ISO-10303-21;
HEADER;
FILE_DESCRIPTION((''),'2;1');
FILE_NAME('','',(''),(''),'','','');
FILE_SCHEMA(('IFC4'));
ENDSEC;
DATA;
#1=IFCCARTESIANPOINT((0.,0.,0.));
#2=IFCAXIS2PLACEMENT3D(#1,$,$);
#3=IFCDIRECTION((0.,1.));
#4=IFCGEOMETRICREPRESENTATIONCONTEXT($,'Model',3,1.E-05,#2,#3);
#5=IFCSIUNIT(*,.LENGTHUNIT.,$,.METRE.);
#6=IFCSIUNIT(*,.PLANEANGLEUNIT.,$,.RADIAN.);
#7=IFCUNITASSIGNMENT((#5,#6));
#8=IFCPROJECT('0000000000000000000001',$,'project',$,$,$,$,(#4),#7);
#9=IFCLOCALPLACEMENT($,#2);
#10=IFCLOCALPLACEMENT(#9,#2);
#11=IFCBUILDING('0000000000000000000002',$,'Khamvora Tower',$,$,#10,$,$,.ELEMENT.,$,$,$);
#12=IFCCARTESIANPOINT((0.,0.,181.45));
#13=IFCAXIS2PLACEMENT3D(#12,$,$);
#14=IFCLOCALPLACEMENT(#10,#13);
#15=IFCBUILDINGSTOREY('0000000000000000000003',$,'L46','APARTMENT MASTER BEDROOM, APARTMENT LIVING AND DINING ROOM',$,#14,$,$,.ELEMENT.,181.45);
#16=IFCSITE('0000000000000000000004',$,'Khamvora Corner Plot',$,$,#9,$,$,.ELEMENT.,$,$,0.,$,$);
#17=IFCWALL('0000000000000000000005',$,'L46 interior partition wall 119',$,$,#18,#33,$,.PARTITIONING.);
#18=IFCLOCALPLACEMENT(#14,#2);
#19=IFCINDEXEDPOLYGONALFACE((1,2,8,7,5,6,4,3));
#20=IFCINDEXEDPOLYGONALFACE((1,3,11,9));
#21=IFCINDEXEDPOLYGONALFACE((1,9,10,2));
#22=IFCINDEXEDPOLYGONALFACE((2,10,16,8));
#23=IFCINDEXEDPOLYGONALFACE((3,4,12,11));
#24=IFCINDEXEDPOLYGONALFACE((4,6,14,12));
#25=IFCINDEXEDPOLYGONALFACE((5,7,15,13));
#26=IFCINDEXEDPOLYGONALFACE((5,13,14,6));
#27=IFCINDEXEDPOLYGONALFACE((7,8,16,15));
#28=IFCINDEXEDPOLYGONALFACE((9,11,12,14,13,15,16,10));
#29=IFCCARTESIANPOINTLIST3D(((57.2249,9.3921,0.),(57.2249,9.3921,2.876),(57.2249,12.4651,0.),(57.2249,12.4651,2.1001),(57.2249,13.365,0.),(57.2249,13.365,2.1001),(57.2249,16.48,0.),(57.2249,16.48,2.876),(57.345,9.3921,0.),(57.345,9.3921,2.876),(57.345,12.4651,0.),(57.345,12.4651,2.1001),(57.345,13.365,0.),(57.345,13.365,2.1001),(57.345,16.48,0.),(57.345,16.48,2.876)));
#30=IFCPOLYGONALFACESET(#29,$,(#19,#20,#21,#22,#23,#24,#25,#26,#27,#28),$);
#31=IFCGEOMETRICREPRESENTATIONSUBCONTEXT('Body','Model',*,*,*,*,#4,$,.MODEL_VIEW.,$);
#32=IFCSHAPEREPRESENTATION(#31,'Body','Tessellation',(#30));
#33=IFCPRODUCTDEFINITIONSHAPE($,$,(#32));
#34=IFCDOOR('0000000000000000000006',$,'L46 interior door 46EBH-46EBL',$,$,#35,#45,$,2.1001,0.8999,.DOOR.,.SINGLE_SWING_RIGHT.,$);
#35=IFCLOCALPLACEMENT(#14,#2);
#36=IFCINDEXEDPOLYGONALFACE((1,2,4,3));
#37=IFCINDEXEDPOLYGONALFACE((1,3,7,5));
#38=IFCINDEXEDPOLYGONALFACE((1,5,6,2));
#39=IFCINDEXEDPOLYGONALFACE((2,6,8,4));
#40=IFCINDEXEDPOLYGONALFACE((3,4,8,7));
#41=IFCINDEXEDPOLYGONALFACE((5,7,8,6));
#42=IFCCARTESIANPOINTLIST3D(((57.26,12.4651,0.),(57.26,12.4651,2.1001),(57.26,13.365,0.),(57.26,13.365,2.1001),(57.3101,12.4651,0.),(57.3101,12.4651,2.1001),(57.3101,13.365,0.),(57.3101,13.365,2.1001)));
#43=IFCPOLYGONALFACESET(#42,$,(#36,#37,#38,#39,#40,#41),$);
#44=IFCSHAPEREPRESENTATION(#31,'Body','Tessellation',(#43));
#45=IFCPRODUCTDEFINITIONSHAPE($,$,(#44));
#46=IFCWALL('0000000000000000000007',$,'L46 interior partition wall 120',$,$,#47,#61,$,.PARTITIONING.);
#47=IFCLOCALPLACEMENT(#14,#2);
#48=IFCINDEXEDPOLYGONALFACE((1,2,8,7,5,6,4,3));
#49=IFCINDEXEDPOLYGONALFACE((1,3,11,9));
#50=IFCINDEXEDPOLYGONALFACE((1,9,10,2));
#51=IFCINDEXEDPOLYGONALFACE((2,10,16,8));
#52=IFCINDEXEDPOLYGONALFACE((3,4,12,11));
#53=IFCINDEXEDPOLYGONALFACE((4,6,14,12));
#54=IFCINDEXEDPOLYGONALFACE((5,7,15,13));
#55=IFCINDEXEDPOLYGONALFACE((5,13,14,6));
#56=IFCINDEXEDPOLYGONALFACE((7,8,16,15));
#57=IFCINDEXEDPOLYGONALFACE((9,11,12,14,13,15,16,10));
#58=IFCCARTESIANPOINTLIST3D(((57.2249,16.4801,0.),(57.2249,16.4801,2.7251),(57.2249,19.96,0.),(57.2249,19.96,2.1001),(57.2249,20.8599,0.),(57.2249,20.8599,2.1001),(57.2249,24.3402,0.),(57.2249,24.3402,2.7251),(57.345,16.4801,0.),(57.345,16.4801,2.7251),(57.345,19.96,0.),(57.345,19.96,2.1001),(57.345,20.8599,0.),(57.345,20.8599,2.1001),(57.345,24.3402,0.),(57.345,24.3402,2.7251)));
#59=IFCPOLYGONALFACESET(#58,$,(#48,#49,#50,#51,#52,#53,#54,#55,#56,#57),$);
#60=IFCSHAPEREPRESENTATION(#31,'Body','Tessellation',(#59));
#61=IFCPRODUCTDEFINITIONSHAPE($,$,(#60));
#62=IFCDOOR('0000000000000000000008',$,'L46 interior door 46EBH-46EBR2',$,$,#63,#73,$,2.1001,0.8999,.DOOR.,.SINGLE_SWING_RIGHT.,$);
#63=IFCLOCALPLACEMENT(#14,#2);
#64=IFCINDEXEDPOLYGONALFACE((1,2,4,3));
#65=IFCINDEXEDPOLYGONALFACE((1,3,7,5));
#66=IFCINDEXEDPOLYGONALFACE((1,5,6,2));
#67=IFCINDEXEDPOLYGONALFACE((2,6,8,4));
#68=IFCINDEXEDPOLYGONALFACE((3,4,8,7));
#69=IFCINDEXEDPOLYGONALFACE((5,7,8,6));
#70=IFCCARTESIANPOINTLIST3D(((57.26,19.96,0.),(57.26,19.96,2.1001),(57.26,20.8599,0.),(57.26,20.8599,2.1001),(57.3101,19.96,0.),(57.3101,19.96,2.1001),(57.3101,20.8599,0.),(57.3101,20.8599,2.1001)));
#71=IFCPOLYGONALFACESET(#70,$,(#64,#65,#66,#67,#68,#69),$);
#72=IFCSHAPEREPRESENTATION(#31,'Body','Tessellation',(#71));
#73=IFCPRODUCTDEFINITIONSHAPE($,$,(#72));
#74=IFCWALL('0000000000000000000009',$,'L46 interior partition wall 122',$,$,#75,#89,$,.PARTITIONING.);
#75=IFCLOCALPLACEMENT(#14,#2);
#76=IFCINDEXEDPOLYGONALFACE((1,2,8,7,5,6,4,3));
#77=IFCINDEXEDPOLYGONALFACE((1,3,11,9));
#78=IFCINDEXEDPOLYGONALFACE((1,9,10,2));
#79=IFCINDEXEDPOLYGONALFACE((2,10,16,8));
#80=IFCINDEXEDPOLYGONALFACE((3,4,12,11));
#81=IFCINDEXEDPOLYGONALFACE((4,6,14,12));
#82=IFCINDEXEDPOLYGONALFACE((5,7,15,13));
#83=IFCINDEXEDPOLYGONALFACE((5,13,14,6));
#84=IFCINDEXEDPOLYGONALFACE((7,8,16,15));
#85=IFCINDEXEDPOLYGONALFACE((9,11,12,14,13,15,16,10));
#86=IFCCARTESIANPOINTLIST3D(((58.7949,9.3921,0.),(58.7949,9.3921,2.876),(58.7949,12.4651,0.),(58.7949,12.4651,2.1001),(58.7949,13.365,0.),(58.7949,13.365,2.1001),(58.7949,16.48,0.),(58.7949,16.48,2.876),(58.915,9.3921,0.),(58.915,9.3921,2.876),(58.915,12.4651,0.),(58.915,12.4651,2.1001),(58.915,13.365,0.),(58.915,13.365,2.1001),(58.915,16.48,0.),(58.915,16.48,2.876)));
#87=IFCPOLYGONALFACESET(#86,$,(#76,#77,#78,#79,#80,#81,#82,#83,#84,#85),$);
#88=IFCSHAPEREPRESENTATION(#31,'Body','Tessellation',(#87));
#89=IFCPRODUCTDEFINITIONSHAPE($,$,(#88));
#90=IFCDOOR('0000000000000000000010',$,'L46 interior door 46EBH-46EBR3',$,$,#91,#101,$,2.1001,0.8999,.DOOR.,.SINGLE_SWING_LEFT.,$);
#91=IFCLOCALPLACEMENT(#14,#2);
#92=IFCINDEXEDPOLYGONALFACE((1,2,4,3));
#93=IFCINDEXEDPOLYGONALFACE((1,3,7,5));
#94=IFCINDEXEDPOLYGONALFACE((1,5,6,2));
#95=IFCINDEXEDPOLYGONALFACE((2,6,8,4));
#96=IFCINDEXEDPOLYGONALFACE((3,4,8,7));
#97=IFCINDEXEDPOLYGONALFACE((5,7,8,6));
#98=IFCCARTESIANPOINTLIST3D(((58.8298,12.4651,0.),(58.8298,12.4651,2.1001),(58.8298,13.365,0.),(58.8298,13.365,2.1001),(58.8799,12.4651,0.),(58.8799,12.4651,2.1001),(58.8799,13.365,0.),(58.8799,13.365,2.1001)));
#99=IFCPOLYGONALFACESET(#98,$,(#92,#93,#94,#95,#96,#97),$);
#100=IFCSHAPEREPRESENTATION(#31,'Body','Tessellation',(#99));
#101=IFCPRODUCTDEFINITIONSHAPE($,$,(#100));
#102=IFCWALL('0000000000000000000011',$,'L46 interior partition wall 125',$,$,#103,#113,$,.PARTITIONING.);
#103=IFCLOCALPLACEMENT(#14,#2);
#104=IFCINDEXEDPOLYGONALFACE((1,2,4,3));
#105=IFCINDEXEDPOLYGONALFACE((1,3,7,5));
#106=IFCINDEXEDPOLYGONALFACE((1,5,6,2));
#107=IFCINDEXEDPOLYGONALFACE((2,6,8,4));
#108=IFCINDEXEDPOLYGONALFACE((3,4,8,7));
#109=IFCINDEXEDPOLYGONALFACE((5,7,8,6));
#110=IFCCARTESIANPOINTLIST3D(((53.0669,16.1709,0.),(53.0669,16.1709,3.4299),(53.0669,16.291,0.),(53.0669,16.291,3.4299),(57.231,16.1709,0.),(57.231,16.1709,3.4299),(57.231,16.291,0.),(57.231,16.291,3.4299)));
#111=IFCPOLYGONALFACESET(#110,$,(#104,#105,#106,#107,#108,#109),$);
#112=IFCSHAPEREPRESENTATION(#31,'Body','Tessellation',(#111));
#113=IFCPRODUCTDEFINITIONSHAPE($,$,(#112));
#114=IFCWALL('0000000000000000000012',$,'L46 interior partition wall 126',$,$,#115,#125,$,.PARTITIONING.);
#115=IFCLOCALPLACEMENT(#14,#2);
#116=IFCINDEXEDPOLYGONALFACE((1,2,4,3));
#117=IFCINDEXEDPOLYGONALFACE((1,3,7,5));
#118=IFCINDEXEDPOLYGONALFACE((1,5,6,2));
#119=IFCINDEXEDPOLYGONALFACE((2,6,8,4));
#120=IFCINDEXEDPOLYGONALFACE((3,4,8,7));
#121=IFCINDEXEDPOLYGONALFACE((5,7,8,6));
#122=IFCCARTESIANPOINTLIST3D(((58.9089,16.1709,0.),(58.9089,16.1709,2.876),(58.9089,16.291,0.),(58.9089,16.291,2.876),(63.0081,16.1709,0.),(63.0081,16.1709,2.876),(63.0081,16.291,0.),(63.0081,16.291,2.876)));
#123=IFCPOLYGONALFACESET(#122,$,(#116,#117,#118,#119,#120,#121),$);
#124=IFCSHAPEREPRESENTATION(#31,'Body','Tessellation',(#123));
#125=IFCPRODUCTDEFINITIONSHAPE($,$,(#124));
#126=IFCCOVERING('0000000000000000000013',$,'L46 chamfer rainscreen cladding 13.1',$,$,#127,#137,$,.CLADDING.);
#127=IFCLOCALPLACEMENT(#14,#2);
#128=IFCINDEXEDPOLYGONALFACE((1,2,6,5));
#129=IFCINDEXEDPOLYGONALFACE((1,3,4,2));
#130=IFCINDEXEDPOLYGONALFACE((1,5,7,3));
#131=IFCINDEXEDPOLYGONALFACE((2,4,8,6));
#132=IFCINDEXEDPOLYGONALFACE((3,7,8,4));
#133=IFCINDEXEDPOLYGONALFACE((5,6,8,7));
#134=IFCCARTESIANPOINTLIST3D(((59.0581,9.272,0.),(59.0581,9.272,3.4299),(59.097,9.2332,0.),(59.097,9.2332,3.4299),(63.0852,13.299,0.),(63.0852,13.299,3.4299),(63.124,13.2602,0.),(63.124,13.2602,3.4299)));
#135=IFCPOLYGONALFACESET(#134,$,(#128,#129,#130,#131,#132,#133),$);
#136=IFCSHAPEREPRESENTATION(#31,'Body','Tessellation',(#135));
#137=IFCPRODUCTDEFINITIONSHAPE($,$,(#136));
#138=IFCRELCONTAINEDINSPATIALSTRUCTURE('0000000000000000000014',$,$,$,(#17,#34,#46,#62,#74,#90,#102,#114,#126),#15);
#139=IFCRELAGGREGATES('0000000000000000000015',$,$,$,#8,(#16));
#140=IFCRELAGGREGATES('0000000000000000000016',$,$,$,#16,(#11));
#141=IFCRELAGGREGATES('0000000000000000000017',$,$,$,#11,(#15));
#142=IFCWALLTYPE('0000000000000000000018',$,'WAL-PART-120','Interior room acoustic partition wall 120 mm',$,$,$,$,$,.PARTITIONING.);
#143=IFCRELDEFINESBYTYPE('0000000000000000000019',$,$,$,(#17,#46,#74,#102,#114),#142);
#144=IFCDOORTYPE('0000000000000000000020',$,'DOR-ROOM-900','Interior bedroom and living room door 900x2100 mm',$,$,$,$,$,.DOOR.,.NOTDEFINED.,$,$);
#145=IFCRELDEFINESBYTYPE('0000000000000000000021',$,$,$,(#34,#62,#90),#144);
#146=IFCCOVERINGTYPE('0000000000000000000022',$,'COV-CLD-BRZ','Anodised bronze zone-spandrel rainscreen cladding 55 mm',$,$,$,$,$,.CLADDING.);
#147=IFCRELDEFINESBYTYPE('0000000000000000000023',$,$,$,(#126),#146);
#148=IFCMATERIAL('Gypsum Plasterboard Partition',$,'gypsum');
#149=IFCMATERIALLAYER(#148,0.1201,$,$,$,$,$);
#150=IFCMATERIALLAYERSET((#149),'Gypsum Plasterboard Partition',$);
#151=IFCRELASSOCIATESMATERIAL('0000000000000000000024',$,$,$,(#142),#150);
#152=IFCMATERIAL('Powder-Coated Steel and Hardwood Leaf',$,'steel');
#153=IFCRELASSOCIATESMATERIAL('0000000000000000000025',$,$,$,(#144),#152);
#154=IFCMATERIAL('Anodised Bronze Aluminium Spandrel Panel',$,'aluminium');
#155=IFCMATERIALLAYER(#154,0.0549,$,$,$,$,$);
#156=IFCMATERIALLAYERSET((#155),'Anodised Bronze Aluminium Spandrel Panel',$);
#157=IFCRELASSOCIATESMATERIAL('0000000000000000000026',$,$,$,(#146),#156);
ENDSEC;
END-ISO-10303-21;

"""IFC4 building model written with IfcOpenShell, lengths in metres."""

from ifc_helpers import new_model, si_unit, direction, frame, frame_2d, origin, origin_2d, place, context, subcontext, project, spatial, rectangle, extrude, material, layer, layer_set, type_object, element, fill, save


model = new_model("IFC4")

# Units and contexts
model_context = context("Model", 3, precision=1e-05, world=origin(), true_north=direction((0.0, 1.0)))
body_context = subcontext(model_context, "Body", "Model", "MODEL_VIEW")
ifc_project = project(units=[si_unit("LENGTHUNIT", "METRE"), si_unit("PLANEANGLEUNIT", "RADIAN")], contexts=[model_context])

# Site, building, storey
site_placement = place(None, origin())
site = spatial("IfcSite", under=ifc_project, at=site_placement, Name="Khamvora Corner Plot", CompositionType="ELEMENT", RefElevation=0.0)
building_placement = place(site_placement, origin())
building = spatial("IfcBuilding", under=site, at=building_placement, Name="Khamvora Tower", CompositionType="ELEMENT")
storey_placement = place(building_placement, frame((0.0, 0.0, 181.45)))
storey = spatial("IfcBuildingStorey", under=building, at=storey_placement, Name="L46", Description="APARTMENT MASTER BEDROOM, APARTMENT LIVING AND DINING ROOM", CompositionType="ELEMENT", Elevation=181.45)

# Walls, openings, doors
ifc_material_1 = material(Name="Gypsum Plasterboard Partition", Category="gypsum")
ifc_layer_1 = layer(ifc_material_1, 0.1201)
ifc_layer_set_1 = layer_set([ifc_layer_1], Name="Gypsum Plasterboard Partition")
wall_type_1 = type_object("IfcWallType", Name="WAL-PART-120", Description="Interior room acoustic partition wall 120 mm", PredefinedType="PARTITIONING", material=ifc_layer_set_1)
wall_1_placement = place(storey_placement, frame((57.2849, 9.3921, 0.0), z_axis=(0.0, 0.0, 1.0), x_axis=(0.0, 1.0, 0.0)))
wall_1 = element("IfcWall", 1, at=wall_1_placement, inside=storey, type_object=wall_type_1, Name="L46 interior partition wall 119", PredefinedType="PARTITIONING", context=body_context, shape_type="SweptSolid", body=[
    extrude(rectangle(XDim=7.0879, YDim=0.1201, at=frame_2d((3.5439, 0.0))), origin(), (0.0, 0.0, 1.0), 2.876),
])
opening_1_placement = place(wall_1_placement, frame((3.073, 0.0, 0.0)))
opening_1 = element("IfcOpeningElement", 2, at=opening_1_placement, cuts=wall_1, PredefinedType="OPENING", context=body_context, shape_type="SweptSolid", body=[
    extrude(rectangle(XDim=0.8999, YDim=2.1001, at=frame_2d((0.45, 1.05))), frame((0.0, 0.0701, 0.0), z_axis=(0.0, -1.0, 0.0), x_axis=(1.0, 0.0, 0.0)), (0.0, 0.0, 1.0), 0.1401),
])
ifc_material_2 = material(Name="Powder-Coated Steel and Hardwood Leaf", Category="steel")
door_type = type_object("IfcDoorType", Name="DOR-ROOM-900", Description="Interior bedroom and living room door 900x2100 mm", OperationType="NOTDEFINED", PredefinedType="DOOR", material=ifc_material_2)
door_1_placement = place(opening_1_placement, origin())
door_1 = element("IfcDoor", 3, at=door_1_placement, inside=storey, type_object=door_type, Name="L46 interior door 46EBH-46EBL", OperationType="SINGLE_SWING_RIGHT", OverallHeight=2.1001, OverallWidth=0.8999, PredefinedType="DOOR", context=body_context, shape_type="SweptSolid", body=[
    extrude(rectangle(XDim=0.8999, YDim=2.1001, at=frame_2d((0.45, 1.05))), frame((0.0, 0.0249, 0.0), z_axis=(0.0, -1.0, 0.0), x_axis=(1.0, 0.0, 0.0)), (0.0, 0.0, 1.0), 0.05),
])
fill(opening_1, door_1)
wall_2_placement = place(storey_placement, frame((57.2849, 16.48, 0.0), z_axis=(0.0, 0.0, 1.0), x_axis=(0.0, 1.0, 0.0)))
wall_2 = element("IfcWall", 4, at=wall_2_placement, inside=storey, type_object=wall_type_1, Name="L46 interior partition wall 120", PredefinedType="PARTITIONING", context=body_context, shape_type="SweptSolid", body=[
    extrude(rectangle(XDim=7.8601, YDim=0.1201, at=frame_2d((3.9302, 0.0))), origin(), (0.0, 0.0, 1.0), 2.7251),
])
opening_2_placement = place(wall_2_placement, frame((3.48, 0.0, 0.0)))
opening_2 = element("IfcOpeningElement", 5, at=opening_2_placement, cuts=wall_2, PredefinedType="OPENING", context=body_context, shape_type="SweptSolid", body=[
    extrude(rectangle(XDim=0.8999, YDim=2.1001, at=frame_2d((0.45, 1.05))), frame((0.0, 0.0701, 0.0), z_axis=(0.0, -1.0, 0.0), x_axis=(1.0, 0.0, 0.0)), (0.0, 0.0, 1.0), 0.1401),
])
door_2_placement = place(opening_2_placement, origin())
door_2 = element("IfcDoor", 6, at=door_2_placement, inside=storey, type_object=door_type, Name="L46 interior door 46EBH-46EBR2", OperationType="SINGLE_SWING_RIGHT", OverallHeight=2.1001, OverallWidth=0.8999, PredefinedType="DOOR", context=body_context, shape_type="SweptSolid", body=[
    extrude(rectangle(XDim=0.8999, YDim=2.1001, at=frame_2d((0.45, 1.05))), frame((0.0, 0.0249, 0.0), z_axis=(0.0, -1.0, 0.0), x_axis=(1.0, 0.0, 0.0)), (0.0, 0.0, 1.0), 0.05),
])
fill(opening_2, door_2)
wall_3_placement = place(storey_placement, frame((58.855, 16.48, 0.0), z_axis=(0.0, 0.0, 1.0), x_axis=(0.0, -1.0, 0.0)))
wall_3 = element("IfcWall", 7, at=wall_3_placement, inside=storey, type_object=wall_type_1, Name="L46 interior partition wall 122", PredefinedType="PARTITIONING", context=body_context, shape_type="SweptSolid", body=[
    extrude(rectangle(XDim=7.0879, YDim=0.1201, at=frame_2d((3.5439, 0.0))), origin(), (0.0, 0.0, 1.0), 2.876),
])
opening_3_placement = place(wall_3_placement, frame((3.115, 0.0, 0.0)))
opening_3 = element("IfcOpeningElement", 8, at=opening_3_placement, cuts=wall_3, PredefinedType="OPENING", context=body_context, shape_type="SweptSolid", body=[
    extrude(rectangle(XDim=0.8999, YDim=2.1001, at=frame_2d((0.45, 1.05))), frame((0.0, 0.0701, 0.0), z_axis=(0.0, -1.0, 0.0), x_axis=(1.0, 0.0, 0.0)), (0.0, 0.0, 1.0), 0.1401),
])
door_3_placement = place(opening_3_placement, origin())
door_3 = element("IfcDoor", 9, at=door_3_placement, inside=storey, type_object=door_type, Name="L46 interior door 46EBH-46EBR3", OperationType="SINGLE_SWING_LEFT", OverallHeight=2.1001, OverallWidth=0.8999, PredefinedType="DOOR", context=body_context, shape_type="SweptSolid", body=[
    extrude(rectangle(XDim=0.8999, YDim=2.1001, at=frame_2d((0.45, 1.05))), frame((0.0, 0.0249, 0.0), z_axis=(0.0, -1.0, 0.0), x_axis=(1.0, 0.0, 0.0)), (0.0, 0.0, 1.0), 0.05),
])
fill(opening_3, door_3)

# Walls
wall_4_placement = place(storey_placement, frame((53.0669, 16.231, 0.0), z_axis=(0.0, 0.0, 1.0), x_axis=(1.0, 0.0, 0.0)))
element("IfcWall", 10, at=wall_4_placement, inside=storey, type_object=wall_type_1, Name="L46 interior partition wall 125", PredefinedType="PARTITIONING", context=body_context, shape_type="SweptSolid", body=[
    extrude(rectangle(XDim=4.1641, YDim=0.1201, at=frame_2d((2.082, 0.0))), origin(), (0.0, 0.0, 1.0), 3.4299),
])
wall_5_placement = place(storey_placement, frame((58.9089, 16.231, 0.0), z_axis=(0.0, 0.0, 1.0), x_axis=(1.0, 0.0, 0.0)))
element("IfcWall", 11, at=wall_5_placement, inside=storey, type_object=wall_type_1, Name="L46 interior partition wall 126", PredefinedType="PARTITIONING", context=body_context, shape_type="SweptSolid", body=[
    extrude(rectangle(XDim=4.0991, YDim=0.1201, at=frame_2d((2.0496, 0.0))), origin(), (0.0, 0.0, 1.0), 2.876),
])

# Covering
ifc_material_3 = material(Name="Anodised Bronze Aluminium Spandrel Panel", Category="aluminium")
ifc_layer_2 = layer(ifc_material_3, 0.0549)
ifc_layer_set_2 = layer_set([ifc_layer_2], Name="Anodised Bronze Aluminium Spandrel Panel")
covering_type = type_object("IfcCoveringType", Name="COV-CLD-BRZ", Description="Anodised bronze zone-spandrel rainscreen cladding 55 mm", PredefinedType="CLADDING", material=ifc_layer_set_2)
covering_placement = place(storey_placement, frame((61.0911, 11.2661, 0.0), z_axis=(0.0, 0.0, 1.0), x_axis=(-0.707107, -0.707107, 0.0)))
element("IfcCovering", 12, at=covering_placement, inside=storey, type_object=covering_type, Name="L46 chamfer rainscreen cladding 13.1", PredefinedType="CLADDING", context=body_context, shape_type="SweptSolid", body=[
    extrude(rectangle(XDim=5.6951, YDim=0.0549, at=origin_2d()), origin(), (0.0, 0.0, 1.0), 3.4299),
])

save(model, "model.ifc")
